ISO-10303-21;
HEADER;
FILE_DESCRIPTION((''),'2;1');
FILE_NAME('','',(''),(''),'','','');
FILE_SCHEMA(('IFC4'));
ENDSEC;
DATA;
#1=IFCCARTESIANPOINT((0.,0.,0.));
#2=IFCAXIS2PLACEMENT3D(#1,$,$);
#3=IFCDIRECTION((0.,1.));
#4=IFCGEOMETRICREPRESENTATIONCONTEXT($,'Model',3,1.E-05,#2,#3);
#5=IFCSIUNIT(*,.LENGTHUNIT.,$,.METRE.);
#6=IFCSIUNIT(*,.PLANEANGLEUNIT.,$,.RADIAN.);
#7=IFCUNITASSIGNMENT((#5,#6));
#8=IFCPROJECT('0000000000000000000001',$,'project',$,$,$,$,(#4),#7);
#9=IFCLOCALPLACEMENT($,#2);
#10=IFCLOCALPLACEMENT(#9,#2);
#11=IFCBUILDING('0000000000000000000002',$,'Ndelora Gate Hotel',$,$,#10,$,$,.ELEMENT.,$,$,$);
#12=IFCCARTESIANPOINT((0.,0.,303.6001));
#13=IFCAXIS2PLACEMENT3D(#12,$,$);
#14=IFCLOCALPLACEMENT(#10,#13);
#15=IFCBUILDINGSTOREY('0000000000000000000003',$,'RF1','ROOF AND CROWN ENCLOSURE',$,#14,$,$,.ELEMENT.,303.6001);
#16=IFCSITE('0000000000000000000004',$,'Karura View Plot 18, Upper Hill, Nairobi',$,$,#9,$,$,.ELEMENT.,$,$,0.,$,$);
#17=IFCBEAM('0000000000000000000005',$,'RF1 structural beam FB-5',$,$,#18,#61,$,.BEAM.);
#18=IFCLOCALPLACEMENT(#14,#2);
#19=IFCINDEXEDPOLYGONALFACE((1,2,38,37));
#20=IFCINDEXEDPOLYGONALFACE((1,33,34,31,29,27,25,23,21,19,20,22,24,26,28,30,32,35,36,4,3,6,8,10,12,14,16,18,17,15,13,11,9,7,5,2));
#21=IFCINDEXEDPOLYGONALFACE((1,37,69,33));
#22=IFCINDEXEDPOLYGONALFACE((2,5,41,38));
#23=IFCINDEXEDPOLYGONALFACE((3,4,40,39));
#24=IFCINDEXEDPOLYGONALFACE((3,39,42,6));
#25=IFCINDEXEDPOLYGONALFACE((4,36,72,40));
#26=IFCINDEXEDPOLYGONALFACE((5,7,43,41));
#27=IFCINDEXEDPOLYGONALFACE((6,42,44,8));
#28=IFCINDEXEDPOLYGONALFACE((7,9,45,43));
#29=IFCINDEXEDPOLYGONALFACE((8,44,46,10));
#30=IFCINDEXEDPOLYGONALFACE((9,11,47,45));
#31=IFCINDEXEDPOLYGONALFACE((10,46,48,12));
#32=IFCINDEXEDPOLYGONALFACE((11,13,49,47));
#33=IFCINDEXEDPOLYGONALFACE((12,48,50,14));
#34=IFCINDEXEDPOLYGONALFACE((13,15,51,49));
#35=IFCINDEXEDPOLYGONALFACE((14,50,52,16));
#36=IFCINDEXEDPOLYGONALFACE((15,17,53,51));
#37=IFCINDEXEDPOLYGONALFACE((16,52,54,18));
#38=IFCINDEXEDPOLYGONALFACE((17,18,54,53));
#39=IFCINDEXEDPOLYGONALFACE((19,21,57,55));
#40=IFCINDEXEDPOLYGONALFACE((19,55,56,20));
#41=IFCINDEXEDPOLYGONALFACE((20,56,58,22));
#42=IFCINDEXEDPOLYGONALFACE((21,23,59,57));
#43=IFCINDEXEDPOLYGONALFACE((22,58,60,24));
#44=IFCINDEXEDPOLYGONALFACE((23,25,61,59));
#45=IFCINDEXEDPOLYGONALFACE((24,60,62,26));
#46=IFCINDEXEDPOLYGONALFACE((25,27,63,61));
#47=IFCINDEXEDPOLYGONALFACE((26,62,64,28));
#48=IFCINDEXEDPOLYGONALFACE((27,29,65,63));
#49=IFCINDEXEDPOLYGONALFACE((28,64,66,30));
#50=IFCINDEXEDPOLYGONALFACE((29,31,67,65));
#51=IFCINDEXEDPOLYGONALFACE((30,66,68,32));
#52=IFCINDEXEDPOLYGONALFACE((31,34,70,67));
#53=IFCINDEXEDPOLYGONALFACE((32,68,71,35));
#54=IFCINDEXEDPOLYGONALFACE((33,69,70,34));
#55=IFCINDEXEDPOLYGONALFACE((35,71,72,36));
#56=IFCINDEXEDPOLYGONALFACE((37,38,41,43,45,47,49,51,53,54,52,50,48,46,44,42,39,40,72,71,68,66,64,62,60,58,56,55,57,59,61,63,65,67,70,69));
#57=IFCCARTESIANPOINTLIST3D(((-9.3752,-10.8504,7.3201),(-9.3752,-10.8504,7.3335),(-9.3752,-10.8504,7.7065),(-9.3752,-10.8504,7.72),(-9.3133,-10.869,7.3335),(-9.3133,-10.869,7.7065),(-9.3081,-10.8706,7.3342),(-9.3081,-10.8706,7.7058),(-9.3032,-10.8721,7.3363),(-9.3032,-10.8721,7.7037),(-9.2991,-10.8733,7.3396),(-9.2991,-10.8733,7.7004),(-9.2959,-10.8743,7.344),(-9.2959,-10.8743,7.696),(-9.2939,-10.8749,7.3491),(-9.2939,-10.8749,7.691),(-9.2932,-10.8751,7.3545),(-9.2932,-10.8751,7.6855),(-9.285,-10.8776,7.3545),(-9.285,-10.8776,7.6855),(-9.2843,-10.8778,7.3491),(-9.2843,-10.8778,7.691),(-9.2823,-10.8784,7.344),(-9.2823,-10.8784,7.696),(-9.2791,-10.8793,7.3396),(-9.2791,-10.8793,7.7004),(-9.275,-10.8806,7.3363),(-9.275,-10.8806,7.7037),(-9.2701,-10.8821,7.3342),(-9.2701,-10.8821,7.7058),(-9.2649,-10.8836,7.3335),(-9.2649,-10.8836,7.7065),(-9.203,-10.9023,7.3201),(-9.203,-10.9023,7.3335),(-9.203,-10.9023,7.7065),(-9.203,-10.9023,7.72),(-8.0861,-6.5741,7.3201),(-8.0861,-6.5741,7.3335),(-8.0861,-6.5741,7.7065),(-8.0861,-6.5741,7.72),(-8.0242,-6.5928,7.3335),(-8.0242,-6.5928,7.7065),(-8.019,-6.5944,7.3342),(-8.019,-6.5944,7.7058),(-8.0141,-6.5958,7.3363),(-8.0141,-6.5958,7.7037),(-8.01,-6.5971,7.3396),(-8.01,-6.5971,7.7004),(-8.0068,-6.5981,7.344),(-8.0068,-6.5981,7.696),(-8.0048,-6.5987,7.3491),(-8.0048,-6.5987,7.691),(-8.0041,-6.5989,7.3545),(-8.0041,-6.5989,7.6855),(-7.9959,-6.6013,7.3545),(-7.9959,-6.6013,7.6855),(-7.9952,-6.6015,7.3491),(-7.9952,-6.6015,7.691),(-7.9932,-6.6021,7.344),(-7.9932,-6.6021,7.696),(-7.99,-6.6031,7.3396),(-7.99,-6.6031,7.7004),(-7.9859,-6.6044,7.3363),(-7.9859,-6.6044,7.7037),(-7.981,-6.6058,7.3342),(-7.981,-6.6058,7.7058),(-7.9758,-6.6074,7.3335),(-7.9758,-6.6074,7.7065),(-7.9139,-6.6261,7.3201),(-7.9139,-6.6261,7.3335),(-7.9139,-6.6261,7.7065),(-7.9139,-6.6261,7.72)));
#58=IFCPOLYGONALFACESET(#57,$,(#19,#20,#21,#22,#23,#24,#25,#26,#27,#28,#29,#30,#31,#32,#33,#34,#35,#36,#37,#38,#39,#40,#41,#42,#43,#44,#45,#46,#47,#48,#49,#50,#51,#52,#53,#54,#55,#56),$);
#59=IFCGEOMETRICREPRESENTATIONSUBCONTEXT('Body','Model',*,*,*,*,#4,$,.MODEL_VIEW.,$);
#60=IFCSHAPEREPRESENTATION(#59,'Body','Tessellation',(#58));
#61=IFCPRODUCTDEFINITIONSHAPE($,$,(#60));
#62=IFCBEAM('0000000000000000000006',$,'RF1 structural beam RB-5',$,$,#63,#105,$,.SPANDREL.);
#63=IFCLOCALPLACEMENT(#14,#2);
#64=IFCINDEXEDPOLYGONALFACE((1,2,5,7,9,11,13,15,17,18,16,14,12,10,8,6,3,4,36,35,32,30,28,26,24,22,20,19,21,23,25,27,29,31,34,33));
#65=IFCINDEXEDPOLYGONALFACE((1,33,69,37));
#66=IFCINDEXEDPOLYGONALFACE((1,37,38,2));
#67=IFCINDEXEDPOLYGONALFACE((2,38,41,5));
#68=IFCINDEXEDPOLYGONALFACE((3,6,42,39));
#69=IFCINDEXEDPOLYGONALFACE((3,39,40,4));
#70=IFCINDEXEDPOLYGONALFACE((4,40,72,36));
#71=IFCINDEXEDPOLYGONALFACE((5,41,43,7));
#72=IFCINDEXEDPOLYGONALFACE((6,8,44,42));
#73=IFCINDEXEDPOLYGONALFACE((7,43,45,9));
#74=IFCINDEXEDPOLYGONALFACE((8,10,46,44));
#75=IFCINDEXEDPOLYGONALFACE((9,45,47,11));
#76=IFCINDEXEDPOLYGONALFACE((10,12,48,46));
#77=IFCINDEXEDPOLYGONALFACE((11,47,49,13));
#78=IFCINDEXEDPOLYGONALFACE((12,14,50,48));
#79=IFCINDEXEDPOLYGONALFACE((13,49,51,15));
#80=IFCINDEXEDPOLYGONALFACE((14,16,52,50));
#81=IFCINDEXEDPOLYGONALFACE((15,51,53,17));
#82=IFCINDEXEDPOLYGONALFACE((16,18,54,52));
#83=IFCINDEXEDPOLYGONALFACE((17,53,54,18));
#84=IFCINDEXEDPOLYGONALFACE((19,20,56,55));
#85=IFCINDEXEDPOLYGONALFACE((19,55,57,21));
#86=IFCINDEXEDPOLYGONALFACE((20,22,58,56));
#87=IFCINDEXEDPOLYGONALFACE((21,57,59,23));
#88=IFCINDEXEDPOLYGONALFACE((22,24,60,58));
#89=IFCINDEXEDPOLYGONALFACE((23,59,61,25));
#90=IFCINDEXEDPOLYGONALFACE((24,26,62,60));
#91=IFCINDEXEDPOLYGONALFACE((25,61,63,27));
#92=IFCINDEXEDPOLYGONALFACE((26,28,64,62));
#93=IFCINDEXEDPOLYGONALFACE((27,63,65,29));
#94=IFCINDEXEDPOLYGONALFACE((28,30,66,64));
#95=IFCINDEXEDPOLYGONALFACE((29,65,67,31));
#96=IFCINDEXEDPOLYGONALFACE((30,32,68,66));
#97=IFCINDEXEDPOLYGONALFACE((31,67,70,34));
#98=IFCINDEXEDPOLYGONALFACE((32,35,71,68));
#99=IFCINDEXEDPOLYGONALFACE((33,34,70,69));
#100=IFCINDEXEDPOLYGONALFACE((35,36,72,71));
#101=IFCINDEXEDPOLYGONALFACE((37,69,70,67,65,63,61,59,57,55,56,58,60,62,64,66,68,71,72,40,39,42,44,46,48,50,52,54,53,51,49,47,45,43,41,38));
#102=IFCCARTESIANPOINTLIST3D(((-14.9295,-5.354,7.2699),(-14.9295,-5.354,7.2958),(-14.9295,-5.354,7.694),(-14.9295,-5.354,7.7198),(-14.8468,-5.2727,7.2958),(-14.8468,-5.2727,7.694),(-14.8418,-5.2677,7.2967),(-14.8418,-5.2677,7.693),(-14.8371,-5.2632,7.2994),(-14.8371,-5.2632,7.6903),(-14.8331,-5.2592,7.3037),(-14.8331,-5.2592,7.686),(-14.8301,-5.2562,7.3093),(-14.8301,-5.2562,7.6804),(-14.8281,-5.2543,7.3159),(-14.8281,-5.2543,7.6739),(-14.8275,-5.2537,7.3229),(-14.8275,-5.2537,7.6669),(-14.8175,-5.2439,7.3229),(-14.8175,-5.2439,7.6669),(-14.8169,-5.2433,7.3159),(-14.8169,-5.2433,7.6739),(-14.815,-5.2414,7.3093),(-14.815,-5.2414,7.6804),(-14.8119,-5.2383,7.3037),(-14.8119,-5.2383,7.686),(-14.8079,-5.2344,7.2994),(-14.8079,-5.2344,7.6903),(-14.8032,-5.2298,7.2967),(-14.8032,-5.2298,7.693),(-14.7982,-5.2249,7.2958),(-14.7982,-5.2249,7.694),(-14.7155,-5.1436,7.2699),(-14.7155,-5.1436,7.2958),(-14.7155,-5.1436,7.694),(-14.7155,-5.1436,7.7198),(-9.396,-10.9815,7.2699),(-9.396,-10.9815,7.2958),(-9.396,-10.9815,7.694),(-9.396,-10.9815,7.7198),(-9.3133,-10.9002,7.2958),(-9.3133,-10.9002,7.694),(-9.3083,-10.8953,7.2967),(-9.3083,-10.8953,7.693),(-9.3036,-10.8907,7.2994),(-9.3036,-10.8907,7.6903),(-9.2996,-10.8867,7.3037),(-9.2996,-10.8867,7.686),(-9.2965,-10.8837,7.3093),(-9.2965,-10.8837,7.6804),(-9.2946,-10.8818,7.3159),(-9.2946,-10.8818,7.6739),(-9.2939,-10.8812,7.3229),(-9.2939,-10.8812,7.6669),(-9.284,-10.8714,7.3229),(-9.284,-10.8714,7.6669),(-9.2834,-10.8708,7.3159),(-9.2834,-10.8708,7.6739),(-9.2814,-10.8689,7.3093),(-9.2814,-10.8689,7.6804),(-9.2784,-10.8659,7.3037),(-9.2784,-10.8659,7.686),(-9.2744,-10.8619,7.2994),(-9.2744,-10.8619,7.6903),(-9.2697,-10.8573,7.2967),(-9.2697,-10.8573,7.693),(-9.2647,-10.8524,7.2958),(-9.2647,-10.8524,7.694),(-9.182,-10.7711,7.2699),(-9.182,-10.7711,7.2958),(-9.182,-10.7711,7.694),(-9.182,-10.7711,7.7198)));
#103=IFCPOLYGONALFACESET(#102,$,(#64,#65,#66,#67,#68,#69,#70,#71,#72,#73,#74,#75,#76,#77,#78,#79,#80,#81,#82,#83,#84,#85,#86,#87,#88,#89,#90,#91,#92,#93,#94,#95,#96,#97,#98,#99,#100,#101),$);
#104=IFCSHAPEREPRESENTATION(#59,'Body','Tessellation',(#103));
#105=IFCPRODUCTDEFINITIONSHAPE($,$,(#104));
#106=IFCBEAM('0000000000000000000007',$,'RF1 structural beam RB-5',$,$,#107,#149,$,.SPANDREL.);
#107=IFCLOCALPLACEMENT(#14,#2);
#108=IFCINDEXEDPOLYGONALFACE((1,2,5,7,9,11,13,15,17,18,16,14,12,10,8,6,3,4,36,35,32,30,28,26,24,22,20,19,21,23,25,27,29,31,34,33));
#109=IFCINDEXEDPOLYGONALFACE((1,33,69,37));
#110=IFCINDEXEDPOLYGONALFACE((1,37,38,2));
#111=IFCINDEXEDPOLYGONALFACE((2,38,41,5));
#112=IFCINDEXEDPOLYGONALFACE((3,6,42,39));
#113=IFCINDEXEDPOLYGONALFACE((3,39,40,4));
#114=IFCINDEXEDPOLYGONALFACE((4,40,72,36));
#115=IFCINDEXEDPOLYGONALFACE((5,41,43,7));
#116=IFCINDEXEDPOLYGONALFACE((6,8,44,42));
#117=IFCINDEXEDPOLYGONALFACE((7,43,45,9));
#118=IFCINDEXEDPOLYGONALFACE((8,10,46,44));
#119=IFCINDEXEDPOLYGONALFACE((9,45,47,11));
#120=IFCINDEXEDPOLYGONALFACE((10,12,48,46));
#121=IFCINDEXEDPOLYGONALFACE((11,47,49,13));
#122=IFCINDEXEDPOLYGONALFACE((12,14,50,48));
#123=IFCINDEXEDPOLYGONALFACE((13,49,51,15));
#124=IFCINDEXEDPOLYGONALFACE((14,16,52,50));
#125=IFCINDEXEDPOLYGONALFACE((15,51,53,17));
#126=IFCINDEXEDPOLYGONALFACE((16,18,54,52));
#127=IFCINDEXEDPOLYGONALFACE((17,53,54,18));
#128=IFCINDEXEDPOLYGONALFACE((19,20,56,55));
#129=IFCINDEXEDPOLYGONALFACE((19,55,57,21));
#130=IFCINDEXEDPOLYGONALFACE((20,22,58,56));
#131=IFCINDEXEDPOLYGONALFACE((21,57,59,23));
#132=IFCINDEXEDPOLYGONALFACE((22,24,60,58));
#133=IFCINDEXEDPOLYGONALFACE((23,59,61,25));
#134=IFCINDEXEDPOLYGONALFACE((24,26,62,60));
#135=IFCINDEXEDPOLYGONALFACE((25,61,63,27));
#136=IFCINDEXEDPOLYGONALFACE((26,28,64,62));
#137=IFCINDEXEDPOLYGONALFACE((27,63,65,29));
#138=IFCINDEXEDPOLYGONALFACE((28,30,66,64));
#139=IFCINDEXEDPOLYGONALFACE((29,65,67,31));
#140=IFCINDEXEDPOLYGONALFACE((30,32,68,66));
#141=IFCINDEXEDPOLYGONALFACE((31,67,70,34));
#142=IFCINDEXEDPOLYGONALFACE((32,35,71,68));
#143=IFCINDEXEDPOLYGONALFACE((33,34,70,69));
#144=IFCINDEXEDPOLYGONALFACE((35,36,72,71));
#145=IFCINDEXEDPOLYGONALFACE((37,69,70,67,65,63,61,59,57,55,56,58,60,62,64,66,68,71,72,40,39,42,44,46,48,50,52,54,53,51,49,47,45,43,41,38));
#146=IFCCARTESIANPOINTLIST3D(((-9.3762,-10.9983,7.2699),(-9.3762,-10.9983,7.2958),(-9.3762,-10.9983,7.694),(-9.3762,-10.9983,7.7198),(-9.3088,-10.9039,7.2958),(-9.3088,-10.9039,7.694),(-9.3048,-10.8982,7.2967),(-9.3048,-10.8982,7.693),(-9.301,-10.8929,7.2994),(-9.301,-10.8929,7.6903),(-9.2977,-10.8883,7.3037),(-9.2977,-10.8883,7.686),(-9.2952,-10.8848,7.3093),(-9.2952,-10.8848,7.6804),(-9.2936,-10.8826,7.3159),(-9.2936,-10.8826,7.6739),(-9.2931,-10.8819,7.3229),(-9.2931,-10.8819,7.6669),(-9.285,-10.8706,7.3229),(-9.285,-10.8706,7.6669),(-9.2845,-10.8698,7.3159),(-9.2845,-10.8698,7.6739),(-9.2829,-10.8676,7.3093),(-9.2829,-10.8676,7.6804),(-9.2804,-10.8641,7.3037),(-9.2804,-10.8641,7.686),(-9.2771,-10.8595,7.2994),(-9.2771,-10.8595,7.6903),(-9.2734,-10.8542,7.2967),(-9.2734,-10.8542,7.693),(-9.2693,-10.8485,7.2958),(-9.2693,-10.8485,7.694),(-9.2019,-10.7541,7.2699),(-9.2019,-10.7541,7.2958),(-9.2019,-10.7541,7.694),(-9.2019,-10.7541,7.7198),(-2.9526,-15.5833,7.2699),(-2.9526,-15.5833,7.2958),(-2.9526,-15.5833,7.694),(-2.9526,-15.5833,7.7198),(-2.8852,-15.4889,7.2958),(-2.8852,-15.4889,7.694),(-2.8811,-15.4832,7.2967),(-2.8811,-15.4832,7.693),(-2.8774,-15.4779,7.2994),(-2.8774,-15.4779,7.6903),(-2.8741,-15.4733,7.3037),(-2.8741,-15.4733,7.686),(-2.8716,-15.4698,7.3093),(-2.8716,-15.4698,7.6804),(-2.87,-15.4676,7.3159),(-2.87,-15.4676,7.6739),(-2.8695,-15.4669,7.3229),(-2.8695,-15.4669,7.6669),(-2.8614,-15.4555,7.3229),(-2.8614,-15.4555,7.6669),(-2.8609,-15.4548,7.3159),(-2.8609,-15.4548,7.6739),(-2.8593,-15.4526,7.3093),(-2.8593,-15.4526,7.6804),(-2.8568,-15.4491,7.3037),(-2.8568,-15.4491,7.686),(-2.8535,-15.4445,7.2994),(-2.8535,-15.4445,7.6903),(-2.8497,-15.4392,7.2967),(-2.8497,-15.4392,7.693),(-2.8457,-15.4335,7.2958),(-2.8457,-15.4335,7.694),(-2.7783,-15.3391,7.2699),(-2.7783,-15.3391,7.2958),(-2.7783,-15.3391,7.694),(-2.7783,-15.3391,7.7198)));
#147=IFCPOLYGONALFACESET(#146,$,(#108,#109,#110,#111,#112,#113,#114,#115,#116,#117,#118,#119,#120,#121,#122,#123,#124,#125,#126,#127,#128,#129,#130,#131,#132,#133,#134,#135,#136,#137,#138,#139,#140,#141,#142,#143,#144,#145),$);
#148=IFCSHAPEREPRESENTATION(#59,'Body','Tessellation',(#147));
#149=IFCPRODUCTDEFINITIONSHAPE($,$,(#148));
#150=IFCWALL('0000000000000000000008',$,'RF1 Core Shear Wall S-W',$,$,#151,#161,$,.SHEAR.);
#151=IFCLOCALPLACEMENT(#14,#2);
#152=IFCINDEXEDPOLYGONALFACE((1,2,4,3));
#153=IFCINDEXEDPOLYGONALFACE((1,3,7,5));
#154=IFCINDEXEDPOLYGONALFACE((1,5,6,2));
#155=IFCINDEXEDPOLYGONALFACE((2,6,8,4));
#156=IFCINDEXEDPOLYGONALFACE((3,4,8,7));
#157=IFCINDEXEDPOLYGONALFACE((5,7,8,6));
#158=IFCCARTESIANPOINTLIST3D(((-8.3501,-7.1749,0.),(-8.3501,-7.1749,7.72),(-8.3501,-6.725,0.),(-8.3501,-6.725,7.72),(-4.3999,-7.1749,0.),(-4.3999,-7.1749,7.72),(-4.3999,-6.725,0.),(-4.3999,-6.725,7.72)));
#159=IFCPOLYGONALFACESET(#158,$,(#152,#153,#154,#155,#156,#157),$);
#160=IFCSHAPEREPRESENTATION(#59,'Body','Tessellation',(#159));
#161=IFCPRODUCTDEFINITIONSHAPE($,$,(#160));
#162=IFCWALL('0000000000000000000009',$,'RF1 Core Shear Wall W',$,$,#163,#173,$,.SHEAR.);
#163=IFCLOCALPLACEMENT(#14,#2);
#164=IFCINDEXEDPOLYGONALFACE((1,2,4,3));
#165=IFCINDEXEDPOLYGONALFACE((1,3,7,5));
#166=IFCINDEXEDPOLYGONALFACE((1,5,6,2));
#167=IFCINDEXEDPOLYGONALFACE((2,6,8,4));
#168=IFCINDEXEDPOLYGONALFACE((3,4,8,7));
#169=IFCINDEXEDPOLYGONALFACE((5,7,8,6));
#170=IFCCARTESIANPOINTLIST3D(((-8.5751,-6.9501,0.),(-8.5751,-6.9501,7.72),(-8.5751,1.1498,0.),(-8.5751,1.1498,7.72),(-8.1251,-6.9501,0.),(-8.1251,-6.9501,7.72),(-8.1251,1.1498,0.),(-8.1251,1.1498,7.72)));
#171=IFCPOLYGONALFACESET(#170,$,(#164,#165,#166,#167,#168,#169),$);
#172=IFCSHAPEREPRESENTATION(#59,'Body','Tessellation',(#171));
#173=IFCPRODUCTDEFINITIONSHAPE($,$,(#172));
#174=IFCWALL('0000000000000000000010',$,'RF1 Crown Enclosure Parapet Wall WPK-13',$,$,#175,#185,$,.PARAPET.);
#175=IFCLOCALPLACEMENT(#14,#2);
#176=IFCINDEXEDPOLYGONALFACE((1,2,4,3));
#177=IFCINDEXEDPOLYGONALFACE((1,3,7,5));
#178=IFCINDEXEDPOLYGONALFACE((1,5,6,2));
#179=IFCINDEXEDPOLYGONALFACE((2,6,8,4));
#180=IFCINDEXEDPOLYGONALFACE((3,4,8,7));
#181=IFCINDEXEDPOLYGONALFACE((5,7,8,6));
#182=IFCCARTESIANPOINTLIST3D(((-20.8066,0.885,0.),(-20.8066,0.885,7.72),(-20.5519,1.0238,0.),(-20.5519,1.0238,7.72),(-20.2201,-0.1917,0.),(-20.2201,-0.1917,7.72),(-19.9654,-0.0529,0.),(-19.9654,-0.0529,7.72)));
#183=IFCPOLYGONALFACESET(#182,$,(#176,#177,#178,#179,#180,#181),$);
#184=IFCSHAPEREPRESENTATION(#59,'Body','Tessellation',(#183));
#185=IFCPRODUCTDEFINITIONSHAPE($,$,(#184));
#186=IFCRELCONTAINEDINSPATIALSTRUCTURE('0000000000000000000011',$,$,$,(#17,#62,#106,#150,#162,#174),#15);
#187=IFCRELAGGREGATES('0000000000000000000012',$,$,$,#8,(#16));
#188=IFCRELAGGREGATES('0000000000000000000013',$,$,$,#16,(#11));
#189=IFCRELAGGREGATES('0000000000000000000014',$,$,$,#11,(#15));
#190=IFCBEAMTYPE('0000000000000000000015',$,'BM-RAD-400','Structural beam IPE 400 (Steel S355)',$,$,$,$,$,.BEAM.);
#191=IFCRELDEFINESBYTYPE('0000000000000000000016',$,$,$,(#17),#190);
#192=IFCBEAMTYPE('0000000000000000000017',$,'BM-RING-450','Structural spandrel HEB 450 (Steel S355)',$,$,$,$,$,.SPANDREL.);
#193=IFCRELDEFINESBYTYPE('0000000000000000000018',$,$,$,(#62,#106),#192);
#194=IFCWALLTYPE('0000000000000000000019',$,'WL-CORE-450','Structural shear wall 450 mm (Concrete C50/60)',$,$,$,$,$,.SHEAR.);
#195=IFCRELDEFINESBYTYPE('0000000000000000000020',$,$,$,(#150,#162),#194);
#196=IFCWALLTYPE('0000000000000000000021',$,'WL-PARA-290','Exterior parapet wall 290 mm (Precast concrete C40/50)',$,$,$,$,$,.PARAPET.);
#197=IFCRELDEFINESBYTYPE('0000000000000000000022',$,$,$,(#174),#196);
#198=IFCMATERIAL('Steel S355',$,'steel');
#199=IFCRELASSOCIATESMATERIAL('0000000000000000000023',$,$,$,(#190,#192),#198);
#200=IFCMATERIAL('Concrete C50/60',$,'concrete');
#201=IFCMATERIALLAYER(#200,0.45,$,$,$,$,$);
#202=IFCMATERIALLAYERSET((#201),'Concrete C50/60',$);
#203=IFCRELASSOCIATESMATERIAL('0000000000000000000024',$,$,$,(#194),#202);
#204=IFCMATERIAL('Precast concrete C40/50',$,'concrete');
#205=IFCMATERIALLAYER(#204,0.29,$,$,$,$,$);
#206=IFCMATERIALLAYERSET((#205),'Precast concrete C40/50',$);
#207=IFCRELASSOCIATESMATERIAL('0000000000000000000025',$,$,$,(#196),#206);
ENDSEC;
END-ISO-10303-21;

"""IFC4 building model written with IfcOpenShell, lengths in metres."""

from ifc_helpers import new_model, si_unit, direction, frame, frame_2d, origin, origin_2d, place, context, subcontext, project, spatial, rectangle, i_section, extrude, material, layer, layer_set, material_profile, profile_set, type_object, element, save


model = new_model("IFC4")

# Units and contexts
model_context = context("Model", 3, precision=1e-05, world=origin(), true_north=direction((0.0, 1.0)))
body_context = subcontext(model_context, "Body", "Model", "MODEL_VIEW")
ifc_project = project(units=[si_unit("LENGTHUNIT", "METRE"), si_unit("PLANEANGLEUNIT", "RADIAN")], contexts=[model_context])

# Site, building, storey
site_placement = place(None, origin())
site = spatial("IfcSite", under=ifc_project, at=site_placement, Name="Karura View Plot 18, Upper Hill, Nairobi", CompositionType="ELEMENT", RefElevation=0.0)
building_placement = place(site_placement, origin())
building = spatial("IfcBuilding", under=site, at=building_placement, Name="Ndelora Gate Hotel", CompositionType="ELEMENT")
storey_placement = place(building_placement, frame((0.0, 0.0, 303.6001)))
storey = spatial("IfcBuildingStorey", under=building, at=storey_placement, Name="RF1", Description="ROOF AND CROWN ENCLOSURE", CompositionType="ELEMENT", Elevation=303.6001)

# Shared definitions
ifc_material_1 = material(Name="Concrete C50/60", Category="concrete")

# Beams
ifc_material_2 = material(Name="Steel S355", Category="steel")
ifc_material_profile_1 = material_profile(ifc_material_2, i_section(OverallWidth=0.1799, OverallDepth=0.3999, WebThickness=0.0085, FlangeThickness=0.0134, FilletRadius=0.021, at=origin_2d()), Name="IPE 400")
ifc_profile_set_1 = profile_set([ifc_material_profile_1], Name="Steel S355")
beam_type_1 = type_object("IfcBeamType", Name="BM-RAD-400", Description="Structural beam IPE 400 (Steel S355)", PredefinedType="BEAM", material=ifc_profile_set_1)
beam_1_placement = place(storey_placement, frame((-8.0, -6.6001, 7.52), z_axis=(-0.288626, -0.957442, 0.0), x_axis=(0.957442, -0.288626, 0.0)))
element("IfcBeam", 1, at=beam_1_placement, inside=storey, type_object=beam_type_1, Name="RF1 structural beam FB-5", PredefinedType="BEAM", context=body_context, shape_type="SweptSolid", body=[
    extrude(i_section(OverallWidth=0.1799, OverallDepth=0.3999, WebThickness=0.0085, FlangeThickness=0.0134, FilletRadius=0.021, at=origin_2d()), origin(), (0.0, 0.0, 1.0), 4.4663),
])
ifc_material_profile_2 = material_profile(ifc_material_2, i_section(OverallWidth=0.3, OverallDepth=0.45, WebThickness=0.0139, FlangeThickness=0.0259, FilletRadius=0.0271, at=origin_2d()), Name="HEB 450")
ifc_profile_set_2 = profile_set([ifc_material_profile_2], Name="Steel S355")
beam_type_2 = type_object("IfcBeamType", Name="BM-RING-450", Description="Structural spandrel HEB 450 (Steel S355)", PredefinedType="SPANDREL", material=ifc_profile_set_2)
beam_2_placement = place(storey_placement, frame((-14.8225, -5.2488, 7.4949), z_axis=(0.701127, -0.713037, 0.0), x_axis=(0.713037, 0.701127, 0.0)))
element("IfcBeam", 2, at=beam_2_placement, inside=storey, type_object=beam_type_2, Name="RF1 structural beam RB-5", PredefinedType="SPANDREL", context=body_context, shape_type="SweptSolid", body=[
    extrude(i_section(OverallWidth=0.3, OverallDepth=0.45, WebThickness=0.0139, FlangeThickness=0.0259, FilletRadius=0.0271, at=origin_2d()), origin(), (0.0, 0.0, 1.0), 7.8923),
])
beam_3_placement = place(storey_placement, frame((-9.2891, -10.8762, 7.4949), z_axis=(0.813932, -0.58096, 0.0), x_axis=(0.58096, 0.813932, 0.0)))
element("IfcBeam", 3, at=beam_3_placement, inside=storey, type_object=beam_type_2, Name="RF1 structural beam RB-5", PredefinedType="SPANDREL", context=body_context, shape_type="SweptSolid", body=[
    extrude(i_section(OverallWidth=0.3, OverallDepth=0.45, WebThickness=0.0139, FlangeThickness=0.0259, FilletRadius=0.0271, at=origin_2d()), origin(), (0.0, 0.0, 1.0), 7.8921),
])

# Walls
ifc_layer_1 = layer(ifc_material_1, 0.45)
ifc_layer_set_1 = layer_set([ifc_layer_1], Name="Concrete C50/60")
wall_type_1 = type_object("IfcWallType", Name="WL-CORE-450", Description="Structural shear wall 450 mm (Concrete C50/60)", PredefinedType="SHEAR", material=ifc_layer_set_1)
wall_1_placement = place(storey_placement, frame((-8.3501, -6.95, 0.0), z_axis=(0.0, 0.0, 1.0), x_axis=(1.0, 0.0, 0.0)))
element("IfcWall", 4, at=wall_1_placement, inside=storey, type_object=wall_type_1, Name="RF1 Core Shear Wall S-W", PredefinedType="SHEAR", context=body_context, shape_type="SweptSolid", body=[
    extrude(rectangle(XDim=3.9502, YDim=0.45, at=frame_2d((1.9751, 0.0))), origin(), (0.0, 0.0, 1.0), 7.72),
])
wall_2_placement = place(storey_placement, frame((-8.3501, -6.95, 0.0), z_axis=(0.0, 0.0, 1.0), x_axis=(0.0, 1.0, 0.0)))
element("IfcWall", 5, at=wall_2_placement, inside=storey, type_object=wall_type_1, Name="RF1 Core Shear Wall W", PredefinedType="SHEAR", context=body_context, shape_type="SweptSolid", body=[
    extrude(rectangle(XDim=8.0999, YDim=0.45, at=frame_2d((4.0498, 0.0))), origin(), (0.0, 0.0, 1.0), 7.72),
])
ifc_material_3 = material(Name="Precast concrete C40/50", Category="concrete")
ifc_layer_2 = layer(ifc_material_3, 0.29)
ifc_layer_set_2 = layer_set([ifc_layer_2], Name="Precast concrete C40/50")
wall_type_2 = type_object("IfcWallType", Name="WL-PARA-290", Description="Exterior parapet wall 290 mm (Precast concrete C40/50)", PredefinedType="PARAPET", material=ifc_layer_set_2)
wall_3_placement = place(storey_placement, frame((-20.0928, -0.1223, 0.0), z_axis=(0.0, 0.0, 1.0), x_axis=(-0.478322, 0.878185, 0.0)))
element("IfcWall", 6, at=wall_3_placement, inside=storey, type_object=wall_type_2, Name="RF1 Crown Enclosure Parapet Wall WPK-13", PredefinedType="PARAPET", context=body_context, shape_type="SweptSolid", body=[
    extrude(rectangle(XDim=1.2261, YDim=0.29, at=frame_2d((0.613, 0.0))), origin(), (0.0, 0.0, 1.0), 7.72),
])

save(model, "model.ifc")
